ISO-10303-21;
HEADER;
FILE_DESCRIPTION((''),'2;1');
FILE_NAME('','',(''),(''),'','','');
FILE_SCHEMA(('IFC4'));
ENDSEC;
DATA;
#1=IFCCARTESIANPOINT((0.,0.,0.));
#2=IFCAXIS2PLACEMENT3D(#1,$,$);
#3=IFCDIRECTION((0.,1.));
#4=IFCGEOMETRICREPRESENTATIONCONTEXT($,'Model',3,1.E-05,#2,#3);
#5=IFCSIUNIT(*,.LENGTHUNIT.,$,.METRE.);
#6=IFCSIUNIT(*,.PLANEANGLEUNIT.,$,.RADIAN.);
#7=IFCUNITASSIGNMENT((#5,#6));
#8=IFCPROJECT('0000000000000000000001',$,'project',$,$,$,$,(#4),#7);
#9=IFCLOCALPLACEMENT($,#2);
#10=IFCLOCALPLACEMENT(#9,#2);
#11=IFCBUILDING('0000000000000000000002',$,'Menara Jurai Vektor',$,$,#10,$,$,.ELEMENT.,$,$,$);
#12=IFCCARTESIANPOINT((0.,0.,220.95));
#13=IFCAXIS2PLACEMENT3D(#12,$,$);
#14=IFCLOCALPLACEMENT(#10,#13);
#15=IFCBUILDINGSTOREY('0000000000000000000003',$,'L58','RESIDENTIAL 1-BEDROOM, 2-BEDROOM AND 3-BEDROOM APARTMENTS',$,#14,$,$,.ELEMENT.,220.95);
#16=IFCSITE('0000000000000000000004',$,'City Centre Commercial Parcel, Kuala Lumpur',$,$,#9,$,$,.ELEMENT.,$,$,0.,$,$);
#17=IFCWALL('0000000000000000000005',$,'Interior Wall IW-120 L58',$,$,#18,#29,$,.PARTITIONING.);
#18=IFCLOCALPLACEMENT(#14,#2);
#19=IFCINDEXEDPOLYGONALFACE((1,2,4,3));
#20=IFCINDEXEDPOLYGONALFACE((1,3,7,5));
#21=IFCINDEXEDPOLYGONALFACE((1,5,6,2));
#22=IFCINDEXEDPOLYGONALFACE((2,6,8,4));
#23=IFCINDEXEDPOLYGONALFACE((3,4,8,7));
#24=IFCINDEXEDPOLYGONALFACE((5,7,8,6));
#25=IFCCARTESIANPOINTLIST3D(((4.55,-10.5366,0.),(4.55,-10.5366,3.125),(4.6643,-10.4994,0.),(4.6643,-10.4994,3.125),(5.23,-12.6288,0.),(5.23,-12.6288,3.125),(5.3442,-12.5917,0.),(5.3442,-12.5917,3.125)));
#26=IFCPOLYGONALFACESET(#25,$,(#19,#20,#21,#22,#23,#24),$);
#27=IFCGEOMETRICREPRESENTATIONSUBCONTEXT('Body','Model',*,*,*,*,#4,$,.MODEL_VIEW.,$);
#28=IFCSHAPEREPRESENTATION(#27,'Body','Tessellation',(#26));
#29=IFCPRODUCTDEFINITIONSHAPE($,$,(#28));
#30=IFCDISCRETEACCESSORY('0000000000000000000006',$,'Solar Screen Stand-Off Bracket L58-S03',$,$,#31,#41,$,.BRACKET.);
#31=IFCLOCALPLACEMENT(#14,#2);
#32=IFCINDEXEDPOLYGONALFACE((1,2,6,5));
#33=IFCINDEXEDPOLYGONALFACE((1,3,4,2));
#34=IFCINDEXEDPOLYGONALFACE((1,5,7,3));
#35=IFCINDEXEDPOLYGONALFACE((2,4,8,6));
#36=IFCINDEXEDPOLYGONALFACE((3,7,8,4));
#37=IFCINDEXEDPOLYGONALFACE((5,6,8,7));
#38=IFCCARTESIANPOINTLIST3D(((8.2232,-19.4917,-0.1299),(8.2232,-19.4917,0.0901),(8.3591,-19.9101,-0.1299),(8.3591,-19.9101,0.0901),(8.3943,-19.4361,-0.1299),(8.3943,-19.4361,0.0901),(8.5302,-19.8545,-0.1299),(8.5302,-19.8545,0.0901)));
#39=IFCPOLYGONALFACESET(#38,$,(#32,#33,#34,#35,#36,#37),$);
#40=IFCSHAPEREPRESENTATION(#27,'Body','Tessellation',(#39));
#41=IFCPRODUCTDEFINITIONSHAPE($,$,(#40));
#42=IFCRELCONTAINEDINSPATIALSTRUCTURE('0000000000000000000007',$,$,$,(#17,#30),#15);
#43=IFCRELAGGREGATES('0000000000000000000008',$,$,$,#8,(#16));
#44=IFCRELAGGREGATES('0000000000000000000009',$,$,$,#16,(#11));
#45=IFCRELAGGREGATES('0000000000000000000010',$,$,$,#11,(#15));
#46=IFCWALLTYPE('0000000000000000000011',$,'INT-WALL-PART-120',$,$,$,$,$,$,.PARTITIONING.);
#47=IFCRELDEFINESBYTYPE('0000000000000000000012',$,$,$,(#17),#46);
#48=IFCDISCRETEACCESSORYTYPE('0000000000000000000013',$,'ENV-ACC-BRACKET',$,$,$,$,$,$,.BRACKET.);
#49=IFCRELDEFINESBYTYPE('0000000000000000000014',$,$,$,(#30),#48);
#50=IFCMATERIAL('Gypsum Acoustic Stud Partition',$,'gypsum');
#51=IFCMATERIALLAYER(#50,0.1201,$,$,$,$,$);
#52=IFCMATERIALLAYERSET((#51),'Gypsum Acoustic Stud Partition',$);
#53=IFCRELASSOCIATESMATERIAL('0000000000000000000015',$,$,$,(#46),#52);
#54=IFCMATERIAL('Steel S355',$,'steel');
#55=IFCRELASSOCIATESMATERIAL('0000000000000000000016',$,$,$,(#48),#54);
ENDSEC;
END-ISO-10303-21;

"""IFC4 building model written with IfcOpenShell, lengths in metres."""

from ifc_helpers import new_model, si_unit, direction, frame, frame_2d, origin, origin_2d, place, context, subcontext, project, spatial, rectangle, extrude, material, layer, layer_set, type_object, element, save


model = new_model("IFC4")

# Units and contexts
model_context = context("Model", 3, precision=1e-05, world=origin(), true_north=direction((0.0, 1.0)))
body_context = subcontext(model_context, "Body", "Model", "MODEL_VIEW")
ifc_project = project(units=[si_unit("LENGTHUNIT", "METRE"), si_unit("PLANEANGLEUNIT", "RADIAN")], contexts=[model_context])

# Site, building, storey
site_placement = place(None, origin())
site = spatial("IfcSite", under=ifc_project, at=site_placement, Name="City Centre Commercial Parcel, Kuala Lumpur", CompositionType="ELEMENT", RefElevation=0.0)
building_placement = place(site_placement, origin())
building = spatial("IfcBuilding", under=site, at=building_placement, Name="Menara Jurai Vektor", CompositionType="ELEMENT")
storey_placement = place(building_placement, frame((0.0, 0.0, 220.95)))
storey = spatial("IfcBuildingStorey", under=building, at=storey_placement, Name="L58", Description="RESIDENTIAL 1-BEDROOM, 2-BEDROOM AND 3-BEDROOM APARTMENTS", CompositionType="ELEMENT", Elevation=220.95)

# Shared definitions
ifc_material_1 = material(Name="Steel S355", Category="steel")

# Wall
ifc_material_2 = material(Name="Gypsum Acoustic Stud Partition", Category="gypsum")
ifc_layer_1 = layer(ifc_material_2, 0.1201)
ifc_layer_set_1 = layer_set([ifc_layer_1], Name="Gypsum Acoustic Stud Partition")
wall_type_1 = type_object("IfcWallType", Name="INT-WALL-PART-120", PredefinedType="PARTITIONING", material=ifc_layer_set_1)
wall_1_placement = place(storey_placement, frame((5.2871, -12.6104, 0.0), z_axis=(0.0, 0.0, 1.0), x_axis=(-0.309061, 0.951042, 0.0)))
element("IfcWall", 1, at=wall_1_placement, inside=storey, type_object=wall_type_1, Name="Interior Wall IW-120 L58", PredefinedType="PARTITIONING", context=body_context, shape_type="SweptSolid", body=[
    extrude(rectangle(XDim=2.2, YDim=0.1201, at=frame_2d((1.1001, 0.0))), origin(), (0.0, 0.0, 1.0), 3.125),
])

# Discrete accessory
discrete_accessory_type = type_object("IfcDiscreteAccessoryType", Name="ENV-ACC-BRACKET", PredefinedType="BRACKET", material=ifc_material_1)
discrete_accessory_placement = place(storey_placement, frame((8.3767, -19.6731, -0.1299), z_axis=(0.0, 0.0, 1.0), x_axis=(0.951057, 0.309017, 0.0)))
element("IfcDiscreteAccessory", 2, at=discrete_accessory_placement, inside=storey, type_object=discrete_accessory_type, Name="Solar Screen Stand-Off Bracket L58-S03", PredefinedType="BRACKET", context=body_context, shape_type="SweptSolid", body=[
    extrude(rectangle(XDim=0.1799, YDim=0.4399, at=origin_2d()), origin(), (0.0, 0.0, 1.0), 0.22),
])

save(model, "model.ifc")
